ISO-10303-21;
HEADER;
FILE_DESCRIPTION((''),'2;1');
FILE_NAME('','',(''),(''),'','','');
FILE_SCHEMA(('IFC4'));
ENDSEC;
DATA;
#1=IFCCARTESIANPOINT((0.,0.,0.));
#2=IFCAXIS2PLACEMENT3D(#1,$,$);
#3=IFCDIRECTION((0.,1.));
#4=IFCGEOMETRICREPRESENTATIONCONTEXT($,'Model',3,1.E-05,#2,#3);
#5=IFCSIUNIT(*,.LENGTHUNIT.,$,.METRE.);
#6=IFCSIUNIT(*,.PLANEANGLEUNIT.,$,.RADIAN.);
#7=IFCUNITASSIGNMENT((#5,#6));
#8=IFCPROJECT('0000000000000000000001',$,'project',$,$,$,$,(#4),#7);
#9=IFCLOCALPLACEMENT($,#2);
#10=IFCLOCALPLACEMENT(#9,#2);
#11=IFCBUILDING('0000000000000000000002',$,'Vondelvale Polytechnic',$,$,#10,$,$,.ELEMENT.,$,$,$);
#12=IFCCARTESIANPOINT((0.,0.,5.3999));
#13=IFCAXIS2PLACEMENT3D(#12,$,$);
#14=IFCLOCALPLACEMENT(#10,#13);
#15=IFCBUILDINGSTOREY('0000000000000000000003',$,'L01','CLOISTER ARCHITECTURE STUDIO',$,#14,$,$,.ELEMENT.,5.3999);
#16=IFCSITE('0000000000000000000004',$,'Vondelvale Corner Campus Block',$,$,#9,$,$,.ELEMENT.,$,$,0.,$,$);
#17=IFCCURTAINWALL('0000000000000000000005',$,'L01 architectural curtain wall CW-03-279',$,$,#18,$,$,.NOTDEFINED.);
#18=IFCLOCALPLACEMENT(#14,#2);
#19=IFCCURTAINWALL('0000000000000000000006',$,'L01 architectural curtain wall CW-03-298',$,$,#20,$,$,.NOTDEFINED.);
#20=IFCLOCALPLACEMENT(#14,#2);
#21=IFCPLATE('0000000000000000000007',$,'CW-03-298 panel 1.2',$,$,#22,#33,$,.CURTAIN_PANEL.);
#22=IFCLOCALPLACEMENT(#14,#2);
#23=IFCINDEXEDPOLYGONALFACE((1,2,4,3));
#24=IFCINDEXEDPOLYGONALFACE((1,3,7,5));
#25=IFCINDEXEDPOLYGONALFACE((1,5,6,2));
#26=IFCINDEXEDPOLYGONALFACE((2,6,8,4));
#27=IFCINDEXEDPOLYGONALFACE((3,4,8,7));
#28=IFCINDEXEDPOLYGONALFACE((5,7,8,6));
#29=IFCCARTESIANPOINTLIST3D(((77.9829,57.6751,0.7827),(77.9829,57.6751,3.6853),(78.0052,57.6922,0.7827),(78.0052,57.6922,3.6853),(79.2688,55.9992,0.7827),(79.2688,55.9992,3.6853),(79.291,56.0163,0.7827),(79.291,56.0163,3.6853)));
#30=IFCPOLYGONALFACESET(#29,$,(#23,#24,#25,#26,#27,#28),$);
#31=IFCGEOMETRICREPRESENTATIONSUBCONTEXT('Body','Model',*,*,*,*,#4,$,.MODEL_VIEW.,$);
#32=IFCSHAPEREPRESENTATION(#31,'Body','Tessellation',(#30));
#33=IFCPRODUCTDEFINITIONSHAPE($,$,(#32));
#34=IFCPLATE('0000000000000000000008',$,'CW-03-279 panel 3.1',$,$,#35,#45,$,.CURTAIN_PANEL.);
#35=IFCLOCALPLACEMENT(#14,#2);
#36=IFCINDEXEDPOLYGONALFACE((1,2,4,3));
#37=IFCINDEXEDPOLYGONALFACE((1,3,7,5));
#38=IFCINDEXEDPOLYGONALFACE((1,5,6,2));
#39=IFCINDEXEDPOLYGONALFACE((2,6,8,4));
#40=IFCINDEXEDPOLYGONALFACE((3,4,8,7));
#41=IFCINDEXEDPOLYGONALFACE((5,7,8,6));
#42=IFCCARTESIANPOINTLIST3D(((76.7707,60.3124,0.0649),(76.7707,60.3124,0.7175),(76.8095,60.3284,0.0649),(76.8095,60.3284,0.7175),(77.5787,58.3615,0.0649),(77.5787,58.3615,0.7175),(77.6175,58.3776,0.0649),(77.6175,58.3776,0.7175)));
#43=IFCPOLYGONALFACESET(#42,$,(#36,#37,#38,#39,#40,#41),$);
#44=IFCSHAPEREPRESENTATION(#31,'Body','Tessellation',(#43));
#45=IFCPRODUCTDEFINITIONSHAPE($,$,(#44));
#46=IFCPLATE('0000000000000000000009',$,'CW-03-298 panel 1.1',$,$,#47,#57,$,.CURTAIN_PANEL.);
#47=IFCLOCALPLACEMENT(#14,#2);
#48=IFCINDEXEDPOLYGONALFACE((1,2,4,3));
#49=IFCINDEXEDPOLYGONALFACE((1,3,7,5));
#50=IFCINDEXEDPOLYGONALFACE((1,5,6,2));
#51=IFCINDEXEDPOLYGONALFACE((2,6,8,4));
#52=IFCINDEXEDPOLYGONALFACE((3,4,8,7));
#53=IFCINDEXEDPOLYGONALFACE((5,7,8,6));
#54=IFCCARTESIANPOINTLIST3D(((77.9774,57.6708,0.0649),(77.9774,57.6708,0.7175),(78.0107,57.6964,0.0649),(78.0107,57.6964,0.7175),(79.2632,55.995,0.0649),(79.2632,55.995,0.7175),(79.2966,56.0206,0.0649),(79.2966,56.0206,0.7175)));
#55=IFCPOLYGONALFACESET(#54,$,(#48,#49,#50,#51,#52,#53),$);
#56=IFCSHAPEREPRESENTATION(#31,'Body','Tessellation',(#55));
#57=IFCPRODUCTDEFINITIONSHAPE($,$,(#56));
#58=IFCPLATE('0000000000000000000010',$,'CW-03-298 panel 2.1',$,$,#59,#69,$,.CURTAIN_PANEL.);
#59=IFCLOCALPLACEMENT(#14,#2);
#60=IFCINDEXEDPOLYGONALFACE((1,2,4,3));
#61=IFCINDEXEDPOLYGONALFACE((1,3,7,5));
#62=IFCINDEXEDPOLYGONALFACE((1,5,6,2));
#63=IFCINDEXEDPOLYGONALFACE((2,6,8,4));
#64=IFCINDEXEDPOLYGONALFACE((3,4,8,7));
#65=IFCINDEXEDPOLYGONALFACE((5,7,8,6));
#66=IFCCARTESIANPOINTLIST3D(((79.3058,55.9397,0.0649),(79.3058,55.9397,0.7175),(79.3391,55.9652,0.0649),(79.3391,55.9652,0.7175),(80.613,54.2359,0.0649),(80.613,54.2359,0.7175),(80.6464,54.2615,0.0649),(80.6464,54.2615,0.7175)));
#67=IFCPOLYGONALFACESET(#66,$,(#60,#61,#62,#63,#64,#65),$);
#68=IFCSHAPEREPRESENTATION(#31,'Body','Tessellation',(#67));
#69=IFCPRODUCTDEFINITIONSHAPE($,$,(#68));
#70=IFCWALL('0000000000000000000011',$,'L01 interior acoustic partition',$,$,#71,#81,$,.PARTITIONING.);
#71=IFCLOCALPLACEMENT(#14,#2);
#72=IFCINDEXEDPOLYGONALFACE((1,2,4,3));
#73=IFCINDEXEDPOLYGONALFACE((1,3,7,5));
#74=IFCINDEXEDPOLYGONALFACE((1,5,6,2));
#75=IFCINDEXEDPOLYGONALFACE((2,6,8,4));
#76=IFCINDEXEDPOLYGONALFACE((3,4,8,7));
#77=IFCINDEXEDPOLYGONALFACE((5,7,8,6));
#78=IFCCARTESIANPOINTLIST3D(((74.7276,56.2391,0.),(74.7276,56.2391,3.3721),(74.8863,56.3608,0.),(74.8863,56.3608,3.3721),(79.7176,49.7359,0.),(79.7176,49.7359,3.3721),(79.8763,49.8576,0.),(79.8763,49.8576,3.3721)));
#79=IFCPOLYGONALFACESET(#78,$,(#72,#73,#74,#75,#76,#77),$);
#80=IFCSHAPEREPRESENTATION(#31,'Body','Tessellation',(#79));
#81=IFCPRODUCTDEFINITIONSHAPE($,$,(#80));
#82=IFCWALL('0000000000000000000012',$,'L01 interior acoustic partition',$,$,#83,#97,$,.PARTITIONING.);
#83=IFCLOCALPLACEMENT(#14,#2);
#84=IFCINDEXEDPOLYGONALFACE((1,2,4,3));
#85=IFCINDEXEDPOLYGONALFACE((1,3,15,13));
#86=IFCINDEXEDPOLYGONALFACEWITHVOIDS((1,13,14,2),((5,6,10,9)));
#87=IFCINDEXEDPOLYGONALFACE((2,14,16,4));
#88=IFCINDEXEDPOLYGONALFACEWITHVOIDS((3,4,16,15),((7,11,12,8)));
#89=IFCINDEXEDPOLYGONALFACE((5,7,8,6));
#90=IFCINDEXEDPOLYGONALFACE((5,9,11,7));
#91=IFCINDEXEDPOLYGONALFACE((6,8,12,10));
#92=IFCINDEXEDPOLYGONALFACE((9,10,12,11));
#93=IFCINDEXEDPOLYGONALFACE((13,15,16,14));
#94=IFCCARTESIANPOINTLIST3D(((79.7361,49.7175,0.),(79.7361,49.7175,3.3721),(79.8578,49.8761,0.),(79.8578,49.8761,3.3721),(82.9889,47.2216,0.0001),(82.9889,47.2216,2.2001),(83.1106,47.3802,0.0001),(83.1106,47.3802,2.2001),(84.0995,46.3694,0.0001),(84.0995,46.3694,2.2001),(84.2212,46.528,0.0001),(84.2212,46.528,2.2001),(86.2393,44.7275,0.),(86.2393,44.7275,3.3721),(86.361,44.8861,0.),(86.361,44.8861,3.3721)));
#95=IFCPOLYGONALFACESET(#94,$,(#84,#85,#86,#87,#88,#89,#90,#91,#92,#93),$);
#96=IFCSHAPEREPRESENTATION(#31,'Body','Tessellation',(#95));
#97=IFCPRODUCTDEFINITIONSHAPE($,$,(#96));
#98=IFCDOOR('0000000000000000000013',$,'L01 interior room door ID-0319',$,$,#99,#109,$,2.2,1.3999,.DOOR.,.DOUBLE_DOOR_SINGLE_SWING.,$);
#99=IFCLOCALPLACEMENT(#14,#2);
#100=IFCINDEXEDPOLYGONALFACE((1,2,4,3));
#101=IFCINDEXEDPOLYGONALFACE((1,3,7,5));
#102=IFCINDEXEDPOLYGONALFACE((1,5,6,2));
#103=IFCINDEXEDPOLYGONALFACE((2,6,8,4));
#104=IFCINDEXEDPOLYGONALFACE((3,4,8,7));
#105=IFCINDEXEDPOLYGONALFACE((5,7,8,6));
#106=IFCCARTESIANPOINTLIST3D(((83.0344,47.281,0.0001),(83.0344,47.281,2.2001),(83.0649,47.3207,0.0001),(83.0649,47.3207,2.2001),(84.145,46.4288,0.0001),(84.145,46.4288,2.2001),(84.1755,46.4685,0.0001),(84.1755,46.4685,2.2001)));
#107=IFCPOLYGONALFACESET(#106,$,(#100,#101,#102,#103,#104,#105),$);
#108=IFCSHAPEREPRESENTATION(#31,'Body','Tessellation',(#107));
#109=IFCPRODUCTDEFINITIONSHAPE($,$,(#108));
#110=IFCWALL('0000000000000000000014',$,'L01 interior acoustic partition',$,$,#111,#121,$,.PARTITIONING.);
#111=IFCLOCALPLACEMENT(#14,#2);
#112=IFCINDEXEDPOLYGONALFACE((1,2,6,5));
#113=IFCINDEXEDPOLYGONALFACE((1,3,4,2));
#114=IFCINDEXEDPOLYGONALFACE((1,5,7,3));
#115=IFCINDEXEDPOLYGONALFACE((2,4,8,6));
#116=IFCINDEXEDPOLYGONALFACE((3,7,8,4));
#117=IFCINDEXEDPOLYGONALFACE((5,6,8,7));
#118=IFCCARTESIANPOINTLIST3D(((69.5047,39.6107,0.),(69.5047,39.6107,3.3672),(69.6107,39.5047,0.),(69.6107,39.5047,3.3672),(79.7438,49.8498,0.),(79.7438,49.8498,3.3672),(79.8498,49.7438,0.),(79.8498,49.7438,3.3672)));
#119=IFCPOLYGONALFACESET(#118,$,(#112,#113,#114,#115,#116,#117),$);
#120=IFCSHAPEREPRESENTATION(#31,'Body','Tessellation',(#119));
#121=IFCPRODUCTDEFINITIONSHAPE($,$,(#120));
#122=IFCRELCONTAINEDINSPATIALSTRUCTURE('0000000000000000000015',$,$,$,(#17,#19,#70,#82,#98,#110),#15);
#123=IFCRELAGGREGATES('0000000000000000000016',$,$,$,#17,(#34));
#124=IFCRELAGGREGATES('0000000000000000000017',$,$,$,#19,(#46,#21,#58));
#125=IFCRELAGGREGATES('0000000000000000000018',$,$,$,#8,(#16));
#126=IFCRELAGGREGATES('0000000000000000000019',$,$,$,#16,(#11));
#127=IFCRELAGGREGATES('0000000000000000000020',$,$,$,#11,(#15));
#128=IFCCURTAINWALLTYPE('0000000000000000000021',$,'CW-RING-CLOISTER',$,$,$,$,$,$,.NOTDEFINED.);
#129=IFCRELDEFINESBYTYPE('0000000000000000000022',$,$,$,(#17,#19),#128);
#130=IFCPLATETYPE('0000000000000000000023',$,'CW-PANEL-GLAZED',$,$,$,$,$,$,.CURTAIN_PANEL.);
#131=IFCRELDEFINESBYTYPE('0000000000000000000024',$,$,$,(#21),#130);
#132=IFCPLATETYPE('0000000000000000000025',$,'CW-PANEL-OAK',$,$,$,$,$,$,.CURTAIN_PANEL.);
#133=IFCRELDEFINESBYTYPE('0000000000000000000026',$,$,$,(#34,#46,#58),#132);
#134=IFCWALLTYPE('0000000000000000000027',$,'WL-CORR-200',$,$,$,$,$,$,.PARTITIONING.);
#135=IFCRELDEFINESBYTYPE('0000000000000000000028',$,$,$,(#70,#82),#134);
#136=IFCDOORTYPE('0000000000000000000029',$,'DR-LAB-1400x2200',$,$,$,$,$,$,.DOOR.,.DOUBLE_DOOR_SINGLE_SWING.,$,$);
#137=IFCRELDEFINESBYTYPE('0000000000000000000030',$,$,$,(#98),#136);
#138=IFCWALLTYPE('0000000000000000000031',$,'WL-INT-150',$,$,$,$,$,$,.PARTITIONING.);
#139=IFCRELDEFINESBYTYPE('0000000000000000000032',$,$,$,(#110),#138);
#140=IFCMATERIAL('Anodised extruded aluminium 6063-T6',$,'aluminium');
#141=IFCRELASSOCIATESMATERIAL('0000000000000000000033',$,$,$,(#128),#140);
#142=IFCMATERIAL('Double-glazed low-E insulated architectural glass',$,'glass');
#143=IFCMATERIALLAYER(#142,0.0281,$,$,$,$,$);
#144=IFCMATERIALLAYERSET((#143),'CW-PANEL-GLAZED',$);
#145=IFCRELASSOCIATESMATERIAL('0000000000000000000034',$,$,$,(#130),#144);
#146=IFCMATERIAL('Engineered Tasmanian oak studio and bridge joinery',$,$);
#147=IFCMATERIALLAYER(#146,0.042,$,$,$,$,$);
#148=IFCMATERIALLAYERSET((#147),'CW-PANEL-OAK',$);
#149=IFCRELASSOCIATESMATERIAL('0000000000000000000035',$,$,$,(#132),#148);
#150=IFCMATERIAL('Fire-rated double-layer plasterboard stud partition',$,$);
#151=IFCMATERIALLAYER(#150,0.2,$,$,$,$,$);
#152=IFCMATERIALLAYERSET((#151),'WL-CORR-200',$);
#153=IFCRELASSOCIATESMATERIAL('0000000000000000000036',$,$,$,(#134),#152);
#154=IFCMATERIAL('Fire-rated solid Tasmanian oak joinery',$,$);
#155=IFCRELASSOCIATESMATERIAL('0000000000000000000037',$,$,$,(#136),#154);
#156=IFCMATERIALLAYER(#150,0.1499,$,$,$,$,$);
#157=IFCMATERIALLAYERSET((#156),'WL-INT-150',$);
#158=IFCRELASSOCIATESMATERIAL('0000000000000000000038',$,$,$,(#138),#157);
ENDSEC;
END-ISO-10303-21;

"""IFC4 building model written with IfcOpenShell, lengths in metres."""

from ifc_helpers import new_model, si_unit, direction, frame, frame_2d, origin, origin_2d, place, context, subcontext, project, spatial, rectangle, extrude, material, layer, layer_set, type_object, element, fill, aggregate, save


model = new_model("IFC4")

# Units and contexts
model_context = context("Model", 3, precision=1e-05, world=origin(), true_north=direction((0.0, 1.0)))
body_context = subcontext(model_context, "Body", "Model", "MODEL_VIEW")
ifc_project = project(units=[si_unit("LENGTHUNIT", "METRE"), si_unit("PLANEANGLEUNIT", "RADIAN")], contexts=[model_context])

# Site, building, storey
site_placement = place(None, origin())
site = spatial("IfcSite", under=ifc_project, at=site_placement, Name="Vondelvale Corner Campus Block", CompositionType="ELEMENT", RefElevation=0.0)
building_placement = place(site_placement, origin())
building = spatial("IfcBuilding", under=site, at=building_placement, Name="Vondelvale Polytechnic", CompositionType="ELEMENT")
storey_placement = place(building_placement, frame((0.0, 0.0, 5.3999)))
storey = spatial("IfcBuildingStorey", under=building, at=storey_placement, Name="L01", Description="CLOISTER ARCHITECTURE STUDIO", CompositionType="ELEMENT", Elevation=5.3999)

# Curtain wall
ifc_material_1 = material(Name="Anodised extruded aluminium 6063-T6", Category="aluminium")
curtain_wall_type = type_object("IfcCurtainWallType", Name="CW-RING-CLOISTER", PredefinedType="NOTDEFINED", material=ifc_material_1)
curtain_wall_1_placement = place(storey_placement, origin())
curtain_wall_1 = element("IfcCurtainWall", 1, at=curtain_wall_1_placement, inside=storey, type_object=curtain_wall_type, Name="L01 architectural curtain wall CW-03-279", PredefinedType="NOTDEFINED")

# Curtain wall
curtain_wall_2_placement = place(storey_placement, origin())
curtain_wall_2 = element("IfcCurtainWall", 2, at=curtain_wall_2_placement, inside=storey, type_object=curtain_wall_type, Name="L01 architectural curtain wall CW-03-298", PredefinedType="NOTDEFINED")

# Plates
ifc_material_2 = material(Name="Double-glazed low-E insulated architectural glass", Category="glass")
ifc_layer_1 = layer(ifc_material_2, 0.0281)
ifc_layer_set_1 = layer_set([ifc_layer_1], Name="CW-PANEL-GLAZED")
plate_type_1 = type_object("IfcPlateType", Name="CW-PANEL-GLAZED", PredefinedType="CURTAIN_PANEL", material=ifc_layer_set_1)
plate_1_placement = place(storey_placement, frame((78.637, 56.8457, 0.7827), z_axis=(0.0, 0.0, 1.0), x_axis=(0.608748, -0.793364, 0.0)))
plate_1 = element("IfcPlate", 3, at=plate_1_placement, type_object=plate_type_1, Name="CW-03-298 panel 1.2", PredefinedType="CURTAIN_PANEL", context=body_context, shape_type="SweptSolid", body=[
    extrude(rectangle(XDim=2.1123, YDim=0.0281, at=origin_2d()), origin(), (0.0, 0.0, 1.0), 2.9026),
])
ifc_material_3 = material(Name="Engineered Tasmanian oak studio and bridge joinery")
ifc_layer_2 = layer(ifc_material_3, 0.042)
ifc_layer_set_2 = layer_set([ifc_layer_2], Name="CW-PANEL-OAK")
plate_type_2 = type_object("IfcPlateType", Name="CW-PANEL-OAK", PredefinedType="CURTAIN_PANEL", material=ifc_layer_set_2)
plate_2_placement = place(storey_placement, frame((77.1941, 59.345, 0.0649), z_axis=(0.0, 0.0, 1.0), x_axis=(0.382679, -0.923882, 0.0)))
plate_2 = element("IfcPlate", 4, at=plate_2_placement, type_object=plate_type_2, Name="CW-03-279 panel 3.1", PredefinedType="CURTAIN_PANEL", context=body_context, shape_type="SweptSolid", body=[
    extrude(rectangle(XDim=2.1116, YDim=0.042, at=origin_2d()), origin(), (0.0, 0.0, 1.0), 0.6526),
])
aggregate(curtain_wall_1, [plate_2])
plate_3_placement = place(storey_placement, frame((78.637, 56.8457, 0.0649), z_axis=(0.0, 0.0, 1.0), x_axis=(0.608748, -0.793364, 0.0)))
plate_3 = element("IfcPlate", 5, at=plate_3_placement, type_object=plate_type_2, Name="CW-03-298 panel 1.1", PredefinedType="CURTAIN_PANEL", context=body_context, shape_type="SweptSolid", body=[
    extrude(rectangle(XDim=2.1123, YDim=0.042, at=origin_2d()), origin(), (0.0, 0.0, 1.0), 0.6526),
])
plate_4_placement = place(storey_placement, frame((79.9761, 55.1006, 0.0649), z_axis=(0.0, 0.0, 1.0), x_axis=(0.608748, -0.793364, 0.0)))
plate_4 = element("IfcPlate", 6, at=plate_4_placement, type_object=plate_type_2, Name="CW-03-298 panel 2.1", PredefinedType="CURTAIN_PANEL", context=body_context, shape_type="SweptSolid", body=[
    extrude(rectangle(XDim=2.1475, YDim=0.042, at=origin_2d()), origin(), (0.0, 0.0, 1.0), 0.6526),
])
aggregate(curtain_wall_2, [plate_3, plate_1, plate_4])

# Wall
ifc_material_4 = material(Name="Fire-rated double-layer plasterboard stud partition")
ifc_layer_3 = layer(ifc_material_4, 0.2)
ifc_layer_set_3 = layer_set([ifc_layer_3], Name="WL-CORR-200")
wall_type_1 = type_object("IfcWallType", Name="WL-CORR-200", PredefinedType="PARTITIONING", material=ifc_layer_set_3)
wall_1_placement = place(storey_placement, frame((74.8069, 56.3, 0.0), z_axis=(0.0, 0.0, 1.0), x_axis=(0.608756, -0.793357, 0.0)))
element("IfcWall", 7, at=wall_1_placement, inside=storey, type_object=wall_type_1, Name="L01 interior acoustic partition", PredefinedType="PARTITIONING", context=body_context, shape_type="SweptSolid", body=[
    extrude(rectangle(XDim=8.197, YDim=0.2, at=frame_2d((4.0986, 0.0))), origin(), (0.0, 0.0, 1.0), 3.3721),
])

# Wall, opening, door
wall_2_placement = place(storey_placement, frame((79.7969, 49.7969, 0.0), z_axis=(0.0, 0.0, 1.0), x_axis=(0.793357, -0.608756, 0.0)))
wall_2 = element("IfcWall", 8, at=wall_2_placement, inside=storey, type_object=wall_type_1, Name="L01 interior acoustic partition", PredefinedType="PARTITIONING", context=body_context, shape_type="SweptSolid", body=[
    extrude(rectangle(XDim=8.197, YDim=0.2, at=frame_2d((4.0986, 0.0))), origin(), (0.0, 0.0, 1.0), 3.3721),
])
opening_placement = place(wall_2_placement, frame((4.1001, 0.0, 0.0)))
opening = element("IfcOpeningElement", 9, at=opening_placement, cuts=wall_2, PredefinedType="OPENING", context=body_context, shape_type="SweptSolid", body=[
    extrude(rectangle(XDim=1.3999, YDim=2.2, at=frame_2d((0.7, 1.1001))), frame((0.0, 0.1099, 0.0), z_axis=(0.0, -1.0, 0.0), x_axis=(1.0, 0.0, 0.0)), (0.0, 0.0, 1.0), 0.22),
])
ifc_material_5 = material(Name="Fire-rated solid Tasmanian oak joinery")
door_type = type_object("IfcDoorType", Name="DR-LAB-1400x2200", OperationType="DOUBLE_DOOR_SINGLE_SWING", PredefinedType="DOOR", material=ifc_material_5)
door_placement = place(opening_placement, origin())
door = element("IfcDoor", 10, at=door_placement, inside=storey, type_object=door_type, Name="L01 interior room door ID-0319", OperationType="DOUBLE_DOOR_SINGLE_SWING", OverallHeight=2.2, OverallWidth=1.3999, PredefinedType="DOOR", context=body_context, shape_type="SweptSolid", body=[
    extrude(rectangle(XDim=1.3999, YDim=2.2, at=frame_2d((0.7, 1.1001))), frame((0.0, 0.0249, 0.0), z_axis=(0.0, -1.0, 0.0), x_axis=(1.0, 0.0, 0.0)), (0.0, 0.0, 1.0), 0.05),
])
fill(opening, door)

# Wall
ifc_layer_4 = layer(ifc_material_4, 0.1499)
ifc_layer_set_4 = layer_set([ifc_layer_4], Name="WL-INT-150")
wall_type_2 = type_object("IfcWallType", Name="WL-INT-150", PredefinedType="PARTITIONING", material=ifc_layer_set_4)
wall_3_placement = place(storey_placement, frame((79.7969, 49.7969, 0.0), z_axis=(0.0, 0.0, 1.0), x_axis=(-0.707107, -0.707107, 0.0)))
element("IfcWall", 11, at=wall_3_placement, inside=storey, type_object=wall_type_2, Name="L01 interior acoustic partition", PredefinedType="PARTITIONING", context=body_context, shape_type="SweptSolid", body=[
    extrude(rectangle(XDim=14.4802, YDim=0.1499, at=frame_2d((7.2402, 0.0))), origin(), (0.0, 0.0, 1.0), 3.3672),
])

save(model, "model.ifc")
